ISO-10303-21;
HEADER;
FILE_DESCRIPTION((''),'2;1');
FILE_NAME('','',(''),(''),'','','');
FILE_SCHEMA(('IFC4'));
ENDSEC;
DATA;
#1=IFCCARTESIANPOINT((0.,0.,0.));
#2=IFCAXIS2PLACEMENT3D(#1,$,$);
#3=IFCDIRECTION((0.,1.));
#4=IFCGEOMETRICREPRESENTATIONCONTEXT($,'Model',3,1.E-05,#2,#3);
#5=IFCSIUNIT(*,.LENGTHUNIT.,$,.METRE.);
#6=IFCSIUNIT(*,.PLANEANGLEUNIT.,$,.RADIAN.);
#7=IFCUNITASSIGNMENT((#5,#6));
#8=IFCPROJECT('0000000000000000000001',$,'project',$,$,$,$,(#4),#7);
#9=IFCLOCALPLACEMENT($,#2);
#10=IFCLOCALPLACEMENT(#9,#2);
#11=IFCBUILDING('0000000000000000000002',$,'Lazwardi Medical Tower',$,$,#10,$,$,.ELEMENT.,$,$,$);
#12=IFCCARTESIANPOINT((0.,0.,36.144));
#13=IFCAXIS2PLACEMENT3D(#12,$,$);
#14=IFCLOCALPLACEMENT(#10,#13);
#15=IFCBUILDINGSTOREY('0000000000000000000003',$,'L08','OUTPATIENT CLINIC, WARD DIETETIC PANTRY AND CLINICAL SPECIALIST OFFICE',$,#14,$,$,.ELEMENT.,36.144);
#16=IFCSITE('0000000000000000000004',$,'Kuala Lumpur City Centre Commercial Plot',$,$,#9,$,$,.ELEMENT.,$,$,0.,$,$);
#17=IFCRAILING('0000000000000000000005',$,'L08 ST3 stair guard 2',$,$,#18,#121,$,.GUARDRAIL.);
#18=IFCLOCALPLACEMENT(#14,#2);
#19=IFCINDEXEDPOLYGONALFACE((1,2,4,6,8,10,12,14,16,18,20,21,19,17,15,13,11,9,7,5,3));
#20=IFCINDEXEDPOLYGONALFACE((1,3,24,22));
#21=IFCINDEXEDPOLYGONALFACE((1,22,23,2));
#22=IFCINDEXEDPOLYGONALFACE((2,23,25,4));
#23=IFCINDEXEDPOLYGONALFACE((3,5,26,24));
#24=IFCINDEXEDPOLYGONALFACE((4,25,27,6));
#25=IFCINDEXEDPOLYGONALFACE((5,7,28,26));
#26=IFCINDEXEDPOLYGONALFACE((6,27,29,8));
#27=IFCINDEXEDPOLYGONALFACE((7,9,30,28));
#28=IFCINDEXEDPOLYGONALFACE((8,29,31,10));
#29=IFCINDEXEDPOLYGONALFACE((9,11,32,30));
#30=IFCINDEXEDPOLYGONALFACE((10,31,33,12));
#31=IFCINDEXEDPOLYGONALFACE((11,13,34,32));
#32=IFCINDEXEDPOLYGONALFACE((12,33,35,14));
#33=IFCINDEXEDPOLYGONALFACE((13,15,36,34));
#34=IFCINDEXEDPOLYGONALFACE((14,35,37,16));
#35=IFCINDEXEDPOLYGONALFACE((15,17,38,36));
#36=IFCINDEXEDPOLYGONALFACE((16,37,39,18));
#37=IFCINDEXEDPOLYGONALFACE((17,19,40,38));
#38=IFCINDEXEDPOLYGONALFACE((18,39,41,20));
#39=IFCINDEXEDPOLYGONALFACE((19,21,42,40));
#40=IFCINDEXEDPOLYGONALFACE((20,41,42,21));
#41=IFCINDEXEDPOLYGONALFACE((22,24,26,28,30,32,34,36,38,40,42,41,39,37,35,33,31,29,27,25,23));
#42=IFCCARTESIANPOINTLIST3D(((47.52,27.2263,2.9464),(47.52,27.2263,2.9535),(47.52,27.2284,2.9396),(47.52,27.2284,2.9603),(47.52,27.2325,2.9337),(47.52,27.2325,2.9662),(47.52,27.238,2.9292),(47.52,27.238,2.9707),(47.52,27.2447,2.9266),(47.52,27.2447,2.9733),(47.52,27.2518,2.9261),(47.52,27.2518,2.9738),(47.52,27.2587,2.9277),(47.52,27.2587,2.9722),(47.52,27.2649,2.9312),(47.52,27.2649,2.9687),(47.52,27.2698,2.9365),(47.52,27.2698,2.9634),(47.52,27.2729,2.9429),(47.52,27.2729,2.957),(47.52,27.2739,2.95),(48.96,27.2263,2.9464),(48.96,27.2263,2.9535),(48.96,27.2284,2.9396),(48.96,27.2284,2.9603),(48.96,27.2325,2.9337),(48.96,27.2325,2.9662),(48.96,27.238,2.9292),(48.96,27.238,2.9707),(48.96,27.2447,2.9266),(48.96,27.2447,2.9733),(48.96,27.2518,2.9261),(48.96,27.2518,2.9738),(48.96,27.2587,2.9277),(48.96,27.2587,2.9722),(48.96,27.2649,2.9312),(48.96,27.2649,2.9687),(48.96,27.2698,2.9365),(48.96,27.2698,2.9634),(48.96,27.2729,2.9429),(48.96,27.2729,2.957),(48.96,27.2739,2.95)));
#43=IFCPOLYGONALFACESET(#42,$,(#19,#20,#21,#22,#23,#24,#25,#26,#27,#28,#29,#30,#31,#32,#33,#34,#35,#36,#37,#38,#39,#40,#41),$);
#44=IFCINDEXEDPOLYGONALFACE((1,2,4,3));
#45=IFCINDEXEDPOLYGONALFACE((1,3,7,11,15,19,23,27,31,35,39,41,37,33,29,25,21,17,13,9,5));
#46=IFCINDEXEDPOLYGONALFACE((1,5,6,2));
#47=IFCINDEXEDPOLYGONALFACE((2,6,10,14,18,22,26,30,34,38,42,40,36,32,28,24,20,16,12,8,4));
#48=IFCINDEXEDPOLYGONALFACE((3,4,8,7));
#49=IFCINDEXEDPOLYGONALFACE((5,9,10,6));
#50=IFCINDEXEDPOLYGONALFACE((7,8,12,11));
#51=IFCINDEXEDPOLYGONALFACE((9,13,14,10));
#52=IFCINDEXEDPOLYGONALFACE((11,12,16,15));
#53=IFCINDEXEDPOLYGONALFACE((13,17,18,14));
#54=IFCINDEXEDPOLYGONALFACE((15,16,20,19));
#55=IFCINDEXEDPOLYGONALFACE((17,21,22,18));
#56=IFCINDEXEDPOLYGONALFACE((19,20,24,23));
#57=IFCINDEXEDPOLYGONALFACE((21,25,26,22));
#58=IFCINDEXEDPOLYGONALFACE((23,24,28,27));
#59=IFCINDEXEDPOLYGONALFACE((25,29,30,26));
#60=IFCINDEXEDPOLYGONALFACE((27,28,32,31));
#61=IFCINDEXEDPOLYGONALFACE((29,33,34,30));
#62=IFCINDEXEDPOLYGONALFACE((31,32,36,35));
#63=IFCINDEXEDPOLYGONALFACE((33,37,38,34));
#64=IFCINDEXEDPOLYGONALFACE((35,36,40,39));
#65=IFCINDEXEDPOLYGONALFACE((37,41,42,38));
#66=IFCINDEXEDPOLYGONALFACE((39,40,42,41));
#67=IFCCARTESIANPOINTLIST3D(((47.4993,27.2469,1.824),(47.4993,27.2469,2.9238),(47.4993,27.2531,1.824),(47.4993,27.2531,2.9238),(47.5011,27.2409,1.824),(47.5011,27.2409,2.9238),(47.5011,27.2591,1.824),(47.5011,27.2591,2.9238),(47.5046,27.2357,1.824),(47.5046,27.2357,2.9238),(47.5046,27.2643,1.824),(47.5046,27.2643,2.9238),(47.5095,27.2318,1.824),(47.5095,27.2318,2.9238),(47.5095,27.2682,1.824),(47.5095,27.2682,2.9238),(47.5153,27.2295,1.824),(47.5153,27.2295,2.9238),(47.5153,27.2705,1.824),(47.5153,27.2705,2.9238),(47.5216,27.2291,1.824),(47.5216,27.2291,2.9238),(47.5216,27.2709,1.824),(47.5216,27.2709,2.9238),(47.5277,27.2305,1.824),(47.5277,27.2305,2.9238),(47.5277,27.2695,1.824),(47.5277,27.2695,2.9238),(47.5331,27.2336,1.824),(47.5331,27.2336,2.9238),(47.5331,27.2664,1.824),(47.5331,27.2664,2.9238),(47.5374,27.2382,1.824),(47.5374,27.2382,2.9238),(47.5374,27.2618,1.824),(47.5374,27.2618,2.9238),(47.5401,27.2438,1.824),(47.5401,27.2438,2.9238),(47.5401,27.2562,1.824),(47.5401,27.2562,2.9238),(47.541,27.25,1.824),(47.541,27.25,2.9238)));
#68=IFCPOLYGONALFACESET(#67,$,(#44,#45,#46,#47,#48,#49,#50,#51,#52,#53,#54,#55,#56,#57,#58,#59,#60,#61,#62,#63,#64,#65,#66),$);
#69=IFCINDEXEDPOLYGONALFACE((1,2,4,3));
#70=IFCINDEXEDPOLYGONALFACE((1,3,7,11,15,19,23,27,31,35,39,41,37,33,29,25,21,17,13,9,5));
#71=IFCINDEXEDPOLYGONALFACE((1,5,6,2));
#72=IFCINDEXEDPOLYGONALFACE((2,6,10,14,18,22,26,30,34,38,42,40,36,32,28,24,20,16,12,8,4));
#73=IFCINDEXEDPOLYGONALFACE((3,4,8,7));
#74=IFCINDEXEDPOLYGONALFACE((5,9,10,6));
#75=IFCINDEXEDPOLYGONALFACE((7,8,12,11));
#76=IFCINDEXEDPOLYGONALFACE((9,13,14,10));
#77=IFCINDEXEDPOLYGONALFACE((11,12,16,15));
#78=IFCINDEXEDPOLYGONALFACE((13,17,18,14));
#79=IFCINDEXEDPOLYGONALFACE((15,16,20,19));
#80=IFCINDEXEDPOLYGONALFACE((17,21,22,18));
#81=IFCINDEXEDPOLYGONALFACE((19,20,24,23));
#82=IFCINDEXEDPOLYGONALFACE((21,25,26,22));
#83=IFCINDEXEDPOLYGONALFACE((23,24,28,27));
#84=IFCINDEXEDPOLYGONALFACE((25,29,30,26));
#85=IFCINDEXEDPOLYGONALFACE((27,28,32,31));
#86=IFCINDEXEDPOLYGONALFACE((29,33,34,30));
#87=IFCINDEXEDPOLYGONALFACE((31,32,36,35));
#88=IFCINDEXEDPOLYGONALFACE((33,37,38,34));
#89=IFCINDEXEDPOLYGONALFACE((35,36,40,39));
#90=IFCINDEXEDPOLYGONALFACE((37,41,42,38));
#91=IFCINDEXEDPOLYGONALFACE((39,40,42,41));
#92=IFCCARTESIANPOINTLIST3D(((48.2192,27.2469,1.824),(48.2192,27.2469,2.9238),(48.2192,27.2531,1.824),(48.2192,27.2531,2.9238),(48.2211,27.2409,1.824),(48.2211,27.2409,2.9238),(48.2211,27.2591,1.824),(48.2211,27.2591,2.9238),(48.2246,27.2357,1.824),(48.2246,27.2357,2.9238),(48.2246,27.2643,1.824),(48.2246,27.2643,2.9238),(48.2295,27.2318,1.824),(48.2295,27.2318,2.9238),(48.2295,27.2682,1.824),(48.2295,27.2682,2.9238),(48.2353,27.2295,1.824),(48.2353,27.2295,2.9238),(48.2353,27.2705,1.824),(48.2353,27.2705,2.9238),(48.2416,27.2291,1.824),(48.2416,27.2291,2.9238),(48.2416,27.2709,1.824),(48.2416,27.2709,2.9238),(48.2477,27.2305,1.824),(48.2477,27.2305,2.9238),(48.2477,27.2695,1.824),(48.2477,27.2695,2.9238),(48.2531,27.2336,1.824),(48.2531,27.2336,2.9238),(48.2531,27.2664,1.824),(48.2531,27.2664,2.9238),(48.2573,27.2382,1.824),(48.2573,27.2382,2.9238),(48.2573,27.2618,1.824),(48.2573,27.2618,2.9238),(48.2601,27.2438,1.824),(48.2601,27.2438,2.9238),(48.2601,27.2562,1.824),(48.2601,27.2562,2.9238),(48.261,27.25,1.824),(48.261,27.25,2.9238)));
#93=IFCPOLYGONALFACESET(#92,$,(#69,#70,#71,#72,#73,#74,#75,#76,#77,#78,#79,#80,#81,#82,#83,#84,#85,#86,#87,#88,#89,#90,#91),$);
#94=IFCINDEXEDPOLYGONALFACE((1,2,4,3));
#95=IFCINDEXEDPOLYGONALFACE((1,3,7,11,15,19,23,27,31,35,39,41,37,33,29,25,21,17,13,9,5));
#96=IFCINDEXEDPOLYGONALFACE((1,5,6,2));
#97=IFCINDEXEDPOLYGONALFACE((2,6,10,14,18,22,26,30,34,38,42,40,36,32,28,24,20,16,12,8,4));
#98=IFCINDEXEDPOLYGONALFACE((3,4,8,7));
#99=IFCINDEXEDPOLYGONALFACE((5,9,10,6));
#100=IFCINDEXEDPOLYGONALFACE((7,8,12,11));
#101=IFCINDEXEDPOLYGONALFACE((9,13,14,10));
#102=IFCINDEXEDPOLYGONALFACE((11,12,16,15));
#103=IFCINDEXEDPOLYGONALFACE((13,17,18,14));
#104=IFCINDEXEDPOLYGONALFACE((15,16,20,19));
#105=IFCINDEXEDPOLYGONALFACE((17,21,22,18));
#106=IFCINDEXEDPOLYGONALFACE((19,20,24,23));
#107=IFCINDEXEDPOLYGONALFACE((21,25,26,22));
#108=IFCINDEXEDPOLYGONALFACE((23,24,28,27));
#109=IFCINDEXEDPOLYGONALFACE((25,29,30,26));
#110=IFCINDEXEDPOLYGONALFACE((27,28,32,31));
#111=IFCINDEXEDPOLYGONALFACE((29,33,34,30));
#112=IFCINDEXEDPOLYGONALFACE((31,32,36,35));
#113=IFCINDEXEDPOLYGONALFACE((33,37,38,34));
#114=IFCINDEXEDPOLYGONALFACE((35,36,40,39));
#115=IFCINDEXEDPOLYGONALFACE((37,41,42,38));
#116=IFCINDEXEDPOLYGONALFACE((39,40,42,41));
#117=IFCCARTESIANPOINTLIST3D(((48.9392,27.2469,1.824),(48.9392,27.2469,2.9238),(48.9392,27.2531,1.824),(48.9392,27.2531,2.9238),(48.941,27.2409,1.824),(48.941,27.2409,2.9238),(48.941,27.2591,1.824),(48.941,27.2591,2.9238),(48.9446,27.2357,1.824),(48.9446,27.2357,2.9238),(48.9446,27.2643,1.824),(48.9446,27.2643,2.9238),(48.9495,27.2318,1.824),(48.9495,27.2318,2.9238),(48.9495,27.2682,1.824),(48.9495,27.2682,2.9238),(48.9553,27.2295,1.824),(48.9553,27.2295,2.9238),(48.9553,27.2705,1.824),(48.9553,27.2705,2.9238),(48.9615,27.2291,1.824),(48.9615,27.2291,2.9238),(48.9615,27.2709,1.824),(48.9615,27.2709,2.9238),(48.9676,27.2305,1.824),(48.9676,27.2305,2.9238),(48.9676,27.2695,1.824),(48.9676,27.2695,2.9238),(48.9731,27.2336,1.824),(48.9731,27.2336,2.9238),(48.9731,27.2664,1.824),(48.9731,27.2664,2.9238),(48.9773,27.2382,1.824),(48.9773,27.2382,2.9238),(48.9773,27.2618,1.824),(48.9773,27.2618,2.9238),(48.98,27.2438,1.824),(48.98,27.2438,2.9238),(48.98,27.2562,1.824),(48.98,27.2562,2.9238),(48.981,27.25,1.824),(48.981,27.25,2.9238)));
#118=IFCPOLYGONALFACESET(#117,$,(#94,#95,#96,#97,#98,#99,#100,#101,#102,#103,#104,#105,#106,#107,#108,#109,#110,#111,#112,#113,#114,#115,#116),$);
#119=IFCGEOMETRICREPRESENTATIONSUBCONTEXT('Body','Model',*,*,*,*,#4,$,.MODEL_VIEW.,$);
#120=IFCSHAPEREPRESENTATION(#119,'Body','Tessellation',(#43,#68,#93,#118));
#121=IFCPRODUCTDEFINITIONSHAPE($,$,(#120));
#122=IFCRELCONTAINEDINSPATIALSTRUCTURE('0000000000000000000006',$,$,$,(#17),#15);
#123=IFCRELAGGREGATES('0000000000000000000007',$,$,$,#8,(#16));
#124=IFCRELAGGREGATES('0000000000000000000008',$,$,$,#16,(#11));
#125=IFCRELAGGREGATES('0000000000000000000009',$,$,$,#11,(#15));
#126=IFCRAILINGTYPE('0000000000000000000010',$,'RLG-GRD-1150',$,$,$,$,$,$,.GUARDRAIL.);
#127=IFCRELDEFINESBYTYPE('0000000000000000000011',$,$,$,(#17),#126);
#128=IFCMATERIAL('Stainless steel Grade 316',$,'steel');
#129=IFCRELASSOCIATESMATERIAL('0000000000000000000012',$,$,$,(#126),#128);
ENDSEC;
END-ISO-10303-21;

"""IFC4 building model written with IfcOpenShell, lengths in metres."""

from ifc_helpers import new_model, si_unit, direction, frame, origin, origin_2d, place, context, subcontext, project, spatial, circle, extrude, material, type_object, element, save


model = new_model("IFC4")

# Units and contexts
model_context = context("Model", 3, precision=1e-05, world=origin(), true_north=direction((0.0, 1.0)))
body_context = subcontext(model_context, "Body", "Model", "MODEL_VIEW")
ifc_project = project(units=[si_unit("LENGTHUNIT", "METRE"), si_unit("PLANEANGLEUNIT", "RADIAN")], contexts=[model_context])

# Site, building, storey
site_placement = place(None, origin())
site = spatial("IfcSite", under=ifc_project, at=site_placement, Name="Kuala Lumpur City Centre Commercial Plot", CompositionType="ELEMENT", RefElevation=0.0)
building_placement = place(site_placement, origin())
building = spatial("IfcBuilding", under=site, at=building_placement, Name="Lazwardi Medical Tower", CompositionType="ELEMENT")
storey_placement = place(building_placement, frame((0.0, 0.0, 36.144)))
storey = spatial("IfcBuildingStorey", under=building, at=storey_placement, Name="L08", Description="OUTPATIENT CLINIC, WARD DIETETIC PANTRY AND CLINICAL SPECIALIST OFFICE", CompositionType="ELEMENT", Elevation=36.144)

# Railing
ifc_material_1 = material(Name="Stainless steel Grade 316", Category="steel")
railing_type_1 = type_object("IfcRailingType", Name="RLG-GRD-1150", PredefinedType="GUARDRAIL", material=ifc_material_1)
railing_1_placement = place(storey_placement, frame((47.52, 27.25, 1.824)))
element("IfcRailing", 1, at=railing_1_placement, inside=storey, type_object=railing_type_1, Name="L08 ST3 stair guard 2", PredefinedType="GUARDRAIL", context=body_context, shape_type="SweptSolid", body=[
    extrude(circle(Radius=0.0239, at=origin_2d()), frame((0.0, 0.0, 1.126), z_axis=(1.0, 0.0, 0.0), x_axis=(0.0, 1.0, 0.0)), (0.0, 0.0, 1.0), 1.4399),
    extrude(circle(Radius=0.021, at=origin_2d()), origin(), (0.0, 0.0, 1.0), 1.0999),
    extrude(circle(Radius=0.021, at=origin_2d()), frame((0.72, 0.0, 0.0)), (0.0, 0.0, 1.0), 1.0999),
    extrude(circle(Radius=0.021, at=origin_2d()), frame((1.4399, 0.0, 0.0)), (0.0, 0.0, 1.0), 1.0999),
])

save(model, "model.ifc")
